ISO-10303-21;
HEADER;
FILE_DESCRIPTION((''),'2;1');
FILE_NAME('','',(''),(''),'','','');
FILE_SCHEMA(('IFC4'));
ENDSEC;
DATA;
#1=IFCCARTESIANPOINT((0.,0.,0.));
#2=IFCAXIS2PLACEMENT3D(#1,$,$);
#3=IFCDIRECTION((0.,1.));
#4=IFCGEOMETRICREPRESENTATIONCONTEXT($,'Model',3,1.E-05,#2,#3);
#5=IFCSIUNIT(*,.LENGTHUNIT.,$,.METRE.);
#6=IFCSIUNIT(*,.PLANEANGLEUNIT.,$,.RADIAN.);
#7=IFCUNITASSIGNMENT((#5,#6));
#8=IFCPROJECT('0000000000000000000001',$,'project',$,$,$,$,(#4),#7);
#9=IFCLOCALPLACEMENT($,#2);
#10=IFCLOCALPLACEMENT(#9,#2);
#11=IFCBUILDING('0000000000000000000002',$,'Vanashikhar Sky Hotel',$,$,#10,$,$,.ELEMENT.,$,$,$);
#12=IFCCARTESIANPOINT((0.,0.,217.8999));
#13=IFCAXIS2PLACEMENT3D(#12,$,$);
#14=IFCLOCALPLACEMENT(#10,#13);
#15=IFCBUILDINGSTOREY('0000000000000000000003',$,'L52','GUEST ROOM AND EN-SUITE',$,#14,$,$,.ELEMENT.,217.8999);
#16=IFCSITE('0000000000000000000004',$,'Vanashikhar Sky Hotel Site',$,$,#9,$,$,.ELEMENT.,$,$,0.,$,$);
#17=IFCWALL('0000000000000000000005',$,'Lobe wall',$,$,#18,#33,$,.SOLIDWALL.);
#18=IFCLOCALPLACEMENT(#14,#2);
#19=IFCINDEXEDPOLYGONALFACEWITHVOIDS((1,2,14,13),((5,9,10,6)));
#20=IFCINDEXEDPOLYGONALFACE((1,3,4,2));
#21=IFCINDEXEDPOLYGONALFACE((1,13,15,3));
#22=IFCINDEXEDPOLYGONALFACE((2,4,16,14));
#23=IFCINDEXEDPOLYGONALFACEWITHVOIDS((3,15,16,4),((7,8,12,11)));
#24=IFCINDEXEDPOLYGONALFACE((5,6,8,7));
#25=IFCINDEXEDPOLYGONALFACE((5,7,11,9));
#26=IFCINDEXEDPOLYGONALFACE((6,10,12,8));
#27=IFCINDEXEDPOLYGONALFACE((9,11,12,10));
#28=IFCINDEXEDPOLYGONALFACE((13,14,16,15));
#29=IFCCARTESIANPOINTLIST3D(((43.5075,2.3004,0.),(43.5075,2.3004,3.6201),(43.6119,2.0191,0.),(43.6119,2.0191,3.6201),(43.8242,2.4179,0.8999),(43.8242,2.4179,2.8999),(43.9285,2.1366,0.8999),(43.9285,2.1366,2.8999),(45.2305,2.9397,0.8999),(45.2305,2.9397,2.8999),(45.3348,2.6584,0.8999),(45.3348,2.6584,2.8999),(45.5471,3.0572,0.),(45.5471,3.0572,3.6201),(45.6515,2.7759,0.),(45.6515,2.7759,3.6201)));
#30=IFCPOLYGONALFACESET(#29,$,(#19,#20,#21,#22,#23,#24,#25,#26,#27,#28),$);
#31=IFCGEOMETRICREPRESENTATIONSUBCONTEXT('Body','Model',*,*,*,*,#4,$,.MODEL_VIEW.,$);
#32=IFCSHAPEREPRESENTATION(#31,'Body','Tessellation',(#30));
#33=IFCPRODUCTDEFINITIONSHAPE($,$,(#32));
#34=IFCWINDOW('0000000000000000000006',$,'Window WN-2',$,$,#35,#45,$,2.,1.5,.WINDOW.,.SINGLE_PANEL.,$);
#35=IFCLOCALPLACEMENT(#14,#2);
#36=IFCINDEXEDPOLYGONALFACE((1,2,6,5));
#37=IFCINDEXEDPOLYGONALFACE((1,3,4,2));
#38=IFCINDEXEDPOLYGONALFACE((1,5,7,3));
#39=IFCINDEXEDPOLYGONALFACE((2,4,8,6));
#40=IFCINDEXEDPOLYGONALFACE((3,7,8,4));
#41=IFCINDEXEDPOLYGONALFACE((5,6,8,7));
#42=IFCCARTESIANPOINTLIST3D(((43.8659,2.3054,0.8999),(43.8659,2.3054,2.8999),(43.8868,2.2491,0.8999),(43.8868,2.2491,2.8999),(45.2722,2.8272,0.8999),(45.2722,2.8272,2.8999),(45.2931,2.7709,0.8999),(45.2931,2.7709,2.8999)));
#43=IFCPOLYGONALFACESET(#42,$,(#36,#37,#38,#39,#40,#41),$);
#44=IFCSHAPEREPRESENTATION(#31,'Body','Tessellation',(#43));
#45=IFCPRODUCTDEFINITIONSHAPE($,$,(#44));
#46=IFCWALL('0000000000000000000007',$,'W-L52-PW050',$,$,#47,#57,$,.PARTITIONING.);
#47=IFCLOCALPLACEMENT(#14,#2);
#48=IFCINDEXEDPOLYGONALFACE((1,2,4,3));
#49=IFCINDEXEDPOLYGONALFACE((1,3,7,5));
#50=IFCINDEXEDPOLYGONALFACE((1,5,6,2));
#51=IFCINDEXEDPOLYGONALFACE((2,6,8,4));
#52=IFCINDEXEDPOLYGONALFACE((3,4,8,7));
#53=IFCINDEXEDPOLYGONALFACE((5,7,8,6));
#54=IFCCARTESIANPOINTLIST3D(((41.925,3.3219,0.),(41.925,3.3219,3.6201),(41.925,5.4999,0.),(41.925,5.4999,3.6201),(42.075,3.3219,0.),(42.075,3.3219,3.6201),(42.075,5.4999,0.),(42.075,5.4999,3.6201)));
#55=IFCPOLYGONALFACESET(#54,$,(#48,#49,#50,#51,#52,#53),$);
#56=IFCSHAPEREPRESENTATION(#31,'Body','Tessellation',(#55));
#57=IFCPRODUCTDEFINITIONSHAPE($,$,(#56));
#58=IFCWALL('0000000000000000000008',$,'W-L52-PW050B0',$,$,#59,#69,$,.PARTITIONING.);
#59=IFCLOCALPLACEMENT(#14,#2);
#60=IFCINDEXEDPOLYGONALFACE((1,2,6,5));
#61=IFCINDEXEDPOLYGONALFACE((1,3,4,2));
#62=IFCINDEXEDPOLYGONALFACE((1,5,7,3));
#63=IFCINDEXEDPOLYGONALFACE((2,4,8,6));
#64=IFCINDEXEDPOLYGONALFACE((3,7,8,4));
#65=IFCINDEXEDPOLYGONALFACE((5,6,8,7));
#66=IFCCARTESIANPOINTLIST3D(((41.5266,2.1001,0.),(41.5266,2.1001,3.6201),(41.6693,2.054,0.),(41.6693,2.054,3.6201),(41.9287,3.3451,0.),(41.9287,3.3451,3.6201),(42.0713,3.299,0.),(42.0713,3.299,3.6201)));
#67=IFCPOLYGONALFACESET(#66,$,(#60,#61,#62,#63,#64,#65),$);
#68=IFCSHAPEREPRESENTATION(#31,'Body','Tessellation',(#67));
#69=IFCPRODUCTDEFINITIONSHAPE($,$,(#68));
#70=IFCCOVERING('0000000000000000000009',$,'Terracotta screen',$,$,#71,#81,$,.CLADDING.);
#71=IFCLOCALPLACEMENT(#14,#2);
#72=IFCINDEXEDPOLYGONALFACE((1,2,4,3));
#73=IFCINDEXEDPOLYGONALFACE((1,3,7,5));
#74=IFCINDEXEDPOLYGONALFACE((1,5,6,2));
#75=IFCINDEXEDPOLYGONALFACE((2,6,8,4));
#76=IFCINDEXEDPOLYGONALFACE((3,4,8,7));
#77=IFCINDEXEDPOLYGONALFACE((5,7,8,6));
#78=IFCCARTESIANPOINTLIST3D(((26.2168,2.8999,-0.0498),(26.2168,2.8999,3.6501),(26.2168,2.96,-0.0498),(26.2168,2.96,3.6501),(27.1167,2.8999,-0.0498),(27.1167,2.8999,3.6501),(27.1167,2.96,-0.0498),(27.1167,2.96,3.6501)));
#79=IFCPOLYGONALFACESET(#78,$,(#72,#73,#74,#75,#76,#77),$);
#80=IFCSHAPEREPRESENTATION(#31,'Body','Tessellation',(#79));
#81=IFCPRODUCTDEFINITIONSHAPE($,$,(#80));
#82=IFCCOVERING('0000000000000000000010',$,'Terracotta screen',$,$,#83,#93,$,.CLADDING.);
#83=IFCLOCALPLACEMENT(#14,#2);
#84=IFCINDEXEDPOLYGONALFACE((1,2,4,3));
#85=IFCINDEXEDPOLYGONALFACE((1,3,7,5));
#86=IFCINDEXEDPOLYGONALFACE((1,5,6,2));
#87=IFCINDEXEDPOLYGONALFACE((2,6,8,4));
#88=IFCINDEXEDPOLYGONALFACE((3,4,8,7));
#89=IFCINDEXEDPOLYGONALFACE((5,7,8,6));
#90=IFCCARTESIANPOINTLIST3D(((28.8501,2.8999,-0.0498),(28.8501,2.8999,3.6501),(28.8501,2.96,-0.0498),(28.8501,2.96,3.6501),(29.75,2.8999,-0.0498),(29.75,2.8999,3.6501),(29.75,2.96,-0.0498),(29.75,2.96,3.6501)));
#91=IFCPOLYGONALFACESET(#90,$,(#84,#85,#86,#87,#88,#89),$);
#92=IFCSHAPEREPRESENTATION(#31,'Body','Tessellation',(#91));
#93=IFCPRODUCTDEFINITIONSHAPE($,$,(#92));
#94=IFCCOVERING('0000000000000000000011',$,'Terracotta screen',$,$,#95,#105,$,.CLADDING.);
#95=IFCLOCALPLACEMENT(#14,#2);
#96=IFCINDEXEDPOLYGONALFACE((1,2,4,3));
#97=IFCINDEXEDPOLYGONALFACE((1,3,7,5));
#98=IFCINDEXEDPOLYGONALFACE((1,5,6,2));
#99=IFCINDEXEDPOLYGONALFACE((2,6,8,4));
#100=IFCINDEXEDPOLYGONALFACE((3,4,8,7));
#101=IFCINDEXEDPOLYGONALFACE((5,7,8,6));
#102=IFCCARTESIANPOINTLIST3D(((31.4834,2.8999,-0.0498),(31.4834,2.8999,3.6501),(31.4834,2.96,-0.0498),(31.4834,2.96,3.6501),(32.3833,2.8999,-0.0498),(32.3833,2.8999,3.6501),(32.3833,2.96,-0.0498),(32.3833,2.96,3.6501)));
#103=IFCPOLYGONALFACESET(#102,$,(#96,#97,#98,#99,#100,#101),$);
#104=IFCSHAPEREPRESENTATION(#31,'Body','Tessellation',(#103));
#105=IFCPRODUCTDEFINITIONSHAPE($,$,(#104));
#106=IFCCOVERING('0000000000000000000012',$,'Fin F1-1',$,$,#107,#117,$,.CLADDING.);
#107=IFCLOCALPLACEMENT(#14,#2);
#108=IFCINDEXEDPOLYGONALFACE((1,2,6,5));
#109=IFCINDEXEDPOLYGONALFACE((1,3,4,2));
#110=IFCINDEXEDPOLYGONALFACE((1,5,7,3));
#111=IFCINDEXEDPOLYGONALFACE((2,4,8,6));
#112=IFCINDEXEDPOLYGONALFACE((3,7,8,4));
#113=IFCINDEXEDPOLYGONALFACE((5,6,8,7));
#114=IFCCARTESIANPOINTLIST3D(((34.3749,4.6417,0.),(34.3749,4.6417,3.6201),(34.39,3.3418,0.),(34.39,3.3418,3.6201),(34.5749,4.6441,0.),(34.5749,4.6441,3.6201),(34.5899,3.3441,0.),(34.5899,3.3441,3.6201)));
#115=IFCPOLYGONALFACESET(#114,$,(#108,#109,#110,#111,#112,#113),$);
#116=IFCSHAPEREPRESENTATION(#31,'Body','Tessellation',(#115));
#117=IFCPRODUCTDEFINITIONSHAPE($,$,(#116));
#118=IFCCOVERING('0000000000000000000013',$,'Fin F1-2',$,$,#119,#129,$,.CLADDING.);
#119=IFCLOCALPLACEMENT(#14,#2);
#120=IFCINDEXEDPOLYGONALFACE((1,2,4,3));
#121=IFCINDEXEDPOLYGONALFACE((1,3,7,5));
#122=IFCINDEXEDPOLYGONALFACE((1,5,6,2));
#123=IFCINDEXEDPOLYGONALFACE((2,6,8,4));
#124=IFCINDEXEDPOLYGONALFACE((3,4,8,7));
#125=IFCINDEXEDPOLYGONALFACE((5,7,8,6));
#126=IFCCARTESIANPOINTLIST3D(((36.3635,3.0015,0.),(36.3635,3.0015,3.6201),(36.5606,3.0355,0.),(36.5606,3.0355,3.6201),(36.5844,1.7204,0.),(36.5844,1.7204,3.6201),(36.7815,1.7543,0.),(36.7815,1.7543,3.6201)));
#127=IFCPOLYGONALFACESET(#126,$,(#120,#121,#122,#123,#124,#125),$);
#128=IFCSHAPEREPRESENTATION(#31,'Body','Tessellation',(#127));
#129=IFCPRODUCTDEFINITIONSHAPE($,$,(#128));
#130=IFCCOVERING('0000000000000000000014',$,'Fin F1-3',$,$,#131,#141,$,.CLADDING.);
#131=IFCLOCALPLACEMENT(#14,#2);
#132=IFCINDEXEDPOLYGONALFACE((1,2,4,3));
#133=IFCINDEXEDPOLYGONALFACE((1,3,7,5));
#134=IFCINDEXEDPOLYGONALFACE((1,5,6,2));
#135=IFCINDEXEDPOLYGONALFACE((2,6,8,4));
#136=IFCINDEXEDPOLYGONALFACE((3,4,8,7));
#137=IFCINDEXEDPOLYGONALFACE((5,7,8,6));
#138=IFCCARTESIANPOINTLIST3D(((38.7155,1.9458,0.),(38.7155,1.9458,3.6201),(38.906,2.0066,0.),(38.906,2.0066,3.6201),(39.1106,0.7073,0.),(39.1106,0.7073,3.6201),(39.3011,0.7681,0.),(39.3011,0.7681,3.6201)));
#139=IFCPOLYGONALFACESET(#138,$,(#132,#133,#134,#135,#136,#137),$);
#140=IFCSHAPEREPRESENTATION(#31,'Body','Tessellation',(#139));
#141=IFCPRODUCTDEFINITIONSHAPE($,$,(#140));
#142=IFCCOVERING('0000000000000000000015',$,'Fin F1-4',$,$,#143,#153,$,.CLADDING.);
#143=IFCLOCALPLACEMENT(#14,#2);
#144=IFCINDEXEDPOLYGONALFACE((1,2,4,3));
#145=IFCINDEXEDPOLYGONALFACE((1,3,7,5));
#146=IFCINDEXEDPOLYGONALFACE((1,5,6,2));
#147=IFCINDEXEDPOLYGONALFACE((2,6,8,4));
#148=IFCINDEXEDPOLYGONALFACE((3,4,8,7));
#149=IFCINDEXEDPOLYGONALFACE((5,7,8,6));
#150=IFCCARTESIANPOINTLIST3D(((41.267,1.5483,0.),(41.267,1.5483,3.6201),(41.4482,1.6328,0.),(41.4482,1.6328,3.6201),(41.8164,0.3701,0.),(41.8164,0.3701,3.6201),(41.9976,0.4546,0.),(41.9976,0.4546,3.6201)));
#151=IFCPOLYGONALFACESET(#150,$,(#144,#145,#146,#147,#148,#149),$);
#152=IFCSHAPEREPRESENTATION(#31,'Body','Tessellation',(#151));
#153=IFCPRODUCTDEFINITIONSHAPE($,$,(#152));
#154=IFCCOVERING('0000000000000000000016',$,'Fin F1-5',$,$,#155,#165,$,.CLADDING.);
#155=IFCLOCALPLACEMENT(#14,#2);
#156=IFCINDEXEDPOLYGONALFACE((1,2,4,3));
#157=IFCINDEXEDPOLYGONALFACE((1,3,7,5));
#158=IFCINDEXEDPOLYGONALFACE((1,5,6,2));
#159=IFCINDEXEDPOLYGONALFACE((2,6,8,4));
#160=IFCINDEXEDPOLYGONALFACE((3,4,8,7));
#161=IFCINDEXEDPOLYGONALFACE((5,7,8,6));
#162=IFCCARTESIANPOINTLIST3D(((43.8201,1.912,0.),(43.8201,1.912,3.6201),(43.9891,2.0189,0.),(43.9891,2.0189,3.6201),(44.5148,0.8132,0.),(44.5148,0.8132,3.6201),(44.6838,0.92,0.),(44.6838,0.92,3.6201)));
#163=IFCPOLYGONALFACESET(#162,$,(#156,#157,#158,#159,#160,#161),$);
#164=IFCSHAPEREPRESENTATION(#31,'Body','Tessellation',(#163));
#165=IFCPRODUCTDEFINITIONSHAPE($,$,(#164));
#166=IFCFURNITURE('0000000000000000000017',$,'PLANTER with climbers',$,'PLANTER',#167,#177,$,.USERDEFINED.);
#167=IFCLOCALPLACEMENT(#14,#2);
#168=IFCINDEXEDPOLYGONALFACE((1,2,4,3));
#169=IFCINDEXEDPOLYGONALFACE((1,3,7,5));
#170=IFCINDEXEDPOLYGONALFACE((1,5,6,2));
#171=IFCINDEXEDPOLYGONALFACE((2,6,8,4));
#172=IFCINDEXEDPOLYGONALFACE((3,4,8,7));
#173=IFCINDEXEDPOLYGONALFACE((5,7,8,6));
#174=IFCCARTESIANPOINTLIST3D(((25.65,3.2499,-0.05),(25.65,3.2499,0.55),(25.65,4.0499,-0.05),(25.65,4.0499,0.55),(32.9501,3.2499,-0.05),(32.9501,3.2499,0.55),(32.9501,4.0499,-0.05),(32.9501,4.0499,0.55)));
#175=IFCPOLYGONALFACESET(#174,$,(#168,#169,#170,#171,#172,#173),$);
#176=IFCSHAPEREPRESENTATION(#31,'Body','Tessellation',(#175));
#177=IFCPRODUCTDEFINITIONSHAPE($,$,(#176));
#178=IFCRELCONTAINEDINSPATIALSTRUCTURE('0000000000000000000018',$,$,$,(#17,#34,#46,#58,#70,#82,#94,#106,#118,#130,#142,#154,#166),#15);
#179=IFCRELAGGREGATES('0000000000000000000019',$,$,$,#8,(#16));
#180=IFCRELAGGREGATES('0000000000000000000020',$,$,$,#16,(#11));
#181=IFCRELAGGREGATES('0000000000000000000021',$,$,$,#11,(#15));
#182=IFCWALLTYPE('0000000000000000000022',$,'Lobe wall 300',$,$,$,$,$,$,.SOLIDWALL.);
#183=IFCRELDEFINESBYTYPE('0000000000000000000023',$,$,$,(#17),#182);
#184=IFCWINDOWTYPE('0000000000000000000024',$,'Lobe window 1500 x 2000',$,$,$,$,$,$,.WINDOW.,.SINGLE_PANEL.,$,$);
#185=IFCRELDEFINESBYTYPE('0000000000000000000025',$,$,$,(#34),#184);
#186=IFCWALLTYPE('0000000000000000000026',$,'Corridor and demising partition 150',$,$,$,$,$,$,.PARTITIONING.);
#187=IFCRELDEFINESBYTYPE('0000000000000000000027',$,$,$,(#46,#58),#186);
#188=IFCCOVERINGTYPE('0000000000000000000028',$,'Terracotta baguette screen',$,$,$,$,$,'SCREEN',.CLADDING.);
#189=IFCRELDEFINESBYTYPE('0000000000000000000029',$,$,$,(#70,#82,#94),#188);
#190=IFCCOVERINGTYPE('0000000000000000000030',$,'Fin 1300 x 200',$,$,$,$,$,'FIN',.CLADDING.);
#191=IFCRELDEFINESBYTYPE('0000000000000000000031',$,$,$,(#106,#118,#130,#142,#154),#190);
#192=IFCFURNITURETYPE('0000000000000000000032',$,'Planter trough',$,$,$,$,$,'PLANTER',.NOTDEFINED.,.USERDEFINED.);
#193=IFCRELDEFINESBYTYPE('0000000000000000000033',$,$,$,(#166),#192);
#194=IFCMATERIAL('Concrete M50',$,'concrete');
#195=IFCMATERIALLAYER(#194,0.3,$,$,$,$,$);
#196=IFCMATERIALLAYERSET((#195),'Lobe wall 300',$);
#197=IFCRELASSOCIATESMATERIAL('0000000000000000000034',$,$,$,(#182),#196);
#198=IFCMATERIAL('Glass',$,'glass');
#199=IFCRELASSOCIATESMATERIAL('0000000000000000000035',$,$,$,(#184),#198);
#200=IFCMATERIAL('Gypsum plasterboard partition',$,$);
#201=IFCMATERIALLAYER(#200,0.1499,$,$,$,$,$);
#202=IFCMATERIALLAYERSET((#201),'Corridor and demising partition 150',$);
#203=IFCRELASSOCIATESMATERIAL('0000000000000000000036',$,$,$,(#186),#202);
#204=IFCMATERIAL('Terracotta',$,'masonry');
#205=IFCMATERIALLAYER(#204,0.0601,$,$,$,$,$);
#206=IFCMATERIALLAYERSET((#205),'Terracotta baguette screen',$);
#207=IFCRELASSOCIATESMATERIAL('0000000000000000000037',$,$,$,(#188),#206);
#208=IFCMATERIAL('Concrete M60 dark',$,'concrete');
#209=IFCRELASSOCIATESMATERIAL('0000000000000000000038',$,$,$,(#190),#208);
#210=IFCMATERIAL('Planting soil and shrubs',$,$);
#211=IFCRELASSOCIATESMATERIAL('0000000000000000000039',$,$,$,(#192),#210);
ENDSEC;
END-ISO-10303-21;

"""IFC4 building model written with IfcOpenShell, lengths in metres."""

from ifc_helpers import new_model, si_unit, direction, frame, frame_2d, origin, origin_2d, place, context, subcontext, project, spatial, rectangle, extrude, source, transform, mapped, material, layer, layer_set, material_profile, profile_set, type_object, element, fill, save


model = new_model("IFC4")

# Units and contexts
model_context = context("Model", 3, precision=1e-05, world=origin(), true_north=direction((0.0, 1.0)))
body_context = subcontext(model_context, "Body", "Model", "MODEL_VIEW")
ifc_project = project(units=[si_unit("LENGTHUNIT", "METRE"), si_unit("PLANEANGLEUNIT", "RADIAN")], contexts=[model_context])

# Site, building, storey
site_placement = place(None, origin())
site = spatial("IfcSite", under=ifc_project, at=site_placement, Name="Vanashikhar Sky Hotel Site", CompositionType="ELEMENT", RefElevation=0.0)
building_placement = place(site_placement, origin())
building = spatial("IfcBuilding", under=site, at=building_placement, Name="Vanashikhar Sky Hotel", CompositionType="ELEMENT")
storey_placement = place(building_placement, frame((0.0, 0.0, 217.8999)))
storey = spatial("IfcBuildingStorey", under=building, at=storey_placement, Name="L52", Description="GUEST ROOM AND EN-SUITE", CompositionType="ELEMENT", Elevation=217.8999)

# Wall, opening, window
ifc_material_1 = material(Name="Concrete M50", Category="concrete")
ifc_layer_1 = layer(ifc_material_1, 0.3)
ifc_layer_set_1 = layer_set([ifc_layer_1], Name="Lobe wall 300")
wall_type_1 = type_object("IfcWallType", Name="Lobe wall 300", PredefinedType="SOLIDWALL", material=ifc_layer_set_1)
shared_shape_1 = source(origin(), body_context, "Body", "SweptSolid", [
    extrude(rectangle(XDim=1.5, YDim=2.0, at=frame_2d((0.75, 1.0))), frame((0.0, 0.1602, 0.0), z_axis=(0.0, -1.0, 0.0), x_axis=(1.0, 0.0, 0.0)), (0.0, 0.0, 1.0), 0.3201),
])
ifc_material_2 = material(Name="Glass", Category="glass")
window_type = type_object("IfcWindowType", Name="Lobe window 1500 x 2000", PartitioningType="SINGLE_PANEL", PredefinedType="WINDOW", material=ifc_material_2)
shared_shape_2 = source(origin(), body_context, "Body", "SweptSolid", [
    extrude(rectangle(XDim=1.5, YDim=2.0, at=frame_2d((0.75, 1.0))), frame((0.0, 0.03, 0.0), z_axis=(0.0, -1.0, 0.0), x_axis=(1.0, 0.0, 0.0)), (0.0, 0.0, 1.0), 0.0601),
])
shared_shape_3 = source(origin(), body_context, "Body", "SweptSolid", [
    extrude(rectangle(XDim=2.1755, YDim=0.3, at=frame_2d((1.0879, 0.0))), origin(), (0.0, 0.0, 1.0), 3.6201),
])
wall_1_placement = place(storey_placement, frame((43.5596, 2.1597, 0.0), z_axis=(0.0, 0.0, 1.0), x_axis=(0.937532, 0.347899, 0.0)))
wall_1 = element("IfcWall", 1, at=wall_1_placement, inside=storey, type_object=wall_type_1, Name="Lobe wall", PredefinedType="SOLIDWALL", context=body_context, shape_type="MappedRepresentation", body=[
    mapped(shared_shape_3, transform((0.0, 0.0, 0.0), scale=1.0)),
])
opening_1_placement = place(wall_1_placement, frame((0.3379, 0.0, 0.8999)))
opening_1 = element("IfcOpeningElement", 2, at=opening_1_placement, cuts=wall_1, PredefinedType="OPENING", context=body_context, shape_type="MappedRepresentation", body=[
    mapped(shared_shape_1, transform((0.0, 0.0, 0.0), scale=1.0)),
])
window_1_placement = place(opening_1_placement, origin())
window_1 = element("IfcWindow", 3, at=window_1_placement, inside=storey, type_object=window_type, Name="Window WN-2", OverallHeight=2.0, OverallWidth=1.5, PartitioningType="SINGLE_PANEL", PredefinedType="WINDOW", context=body_context, shape_type="MappedRepresentation", body=[
    mapped(shared_shape_2, transform((0.0, 0.0, 0.0), scale=1.0)),
])
fill(opening_1, window_1)

# Walls
ifc_material_3 = material(Name="Gypsum plasterboard partition")
ifc_layer_2 = layer(ifc_material_3, 0.1499)
ifc_layer_set_2 = layer_set([ifc_layer_2], Name="Corridor and demising partition 150")
wall_type_2 = type_object("IfcWallType", Name="Corridor and demising partition 150", PredefinedType="PARTITIONING", material=ifc_layer_set_2)
shared_shape_4 = source(origin(), body_context, "Body", "SweptSolid", [
    extrude(rectangle(XDim=2.178, YDim=0.1499, at=frame_2d((1.0889, 0.0))), origin(), (0.0, 0.0, 1.0), 3.6201),
])
wall_2_placement = place(storey_placement, frame((42.0, 3.322, 0.0), z_axis=(0.0, 0.0, 1.0), x_axis=(0.0, 1.0, 0.0)))
element("IfcWall", 4, at=wall_2_placement, inside=storey, type_object=wall_type_2, Name="W-L52-PW050", PredefinedType="PARTITIONING", context=body_context, shape_type="MappedRepresentation", body=[
    mapped(shared_shape_4, transform((0.0, 0.0, 0.0), scale=1.0)),
])
shared_shape_5 = source(origin(), body_context, "Body", "SweptSolid", [
    extrude(rectangle(XDim=1.3083, YDim=0.1499, at=frame_2d((0.6543, 0.0))), origin(), (0.0, 0.0, 1.0), 3.6201),
])
wall_3_placement = place(storey_placement, frame((41.5979, 2.0769, 0.0), z_axis=(0.0, 0.0, 1.0), x_axis=(0.307314, 0.951608, 0.0)))
element("IfcWall", 5, at=wall_3_placement, inside=storey, type_object=wall_type_2, Name="W-L52-PW050B0", PredefinedType="PARTITIONING", context=body_context, shape_type="MappedRepresentation", body=[
    mapped(shared_shape_5, transform((0.0, 0.0, 0.0), scale=1.0)),
])

# Coverings
ifc_material_4 = material(Name="Terracotta", Category="masonry")
ifc_layer_3 = layer(ifc_material_4, 0.0601)
ifc_layer_set_3 = layer_set([ifc_layer_3], Name="Terracotta baguette screen")
covering_type_1 = type_object("IfcCoveringType", Name="Terracotta baguette screen", ElementType="SCREEN", PredefinedType="CLADDING", material=ifc_layer_set_3)
shared_shape_6 = source(origin(), body_context, "Body", "SweptSolid", [
    extrude(rectangle(XDim=0.8999, YDim=0.0601, at=origin_2d()), origin(), (0.0, 0.0, 1.0), 3.7),
])
for number, where, z_axis, x_axis, name in (
    (6, (26.6667, 2.9299, -0.0498), (0.0, 0.0, 1.0), (1.0, 0.0, 0.0), "Terracotta screen"),
    (7, (29.3, 2.9299, -0.0498), (0.0, 0.0, 1.0), (1.0, 0.0, 0.0), "Terracotta screen"),
    (8, (31.9333, 2.9299, -0.0498), (0.0, 0.0, 1.0), (1.0, 0.0, 0.0), "Terracotta screen"),
):
    element("IfcCovering", number, at=place(storey_placement, frame(where, z_axis=z_axis, x_axis=x_axis)), inside=storey, type_object=covering_type_1, Name=name, PredefinedType="CLADDING", context=body_context, shape_type="MappedRepresentation", body=[
        mapped(shared_shape_6, transform((0.0, 0.0, 0.0), scale=1.0)),
    ])
ifc_material_5 = material(Name="Concrete M60 dark", Category="concrete")
ifc_material_profile = material_profile(ifc_material_5, rectangle(XDim=1.3, YDim=0.2, at=origin_2d()))
ifc_profile_set = profile_set([ifc_material_profile], Name="Fin 1300 x 200")
covering_type_2 = type_object("IfcCoveringType", Name="Fin 1300 x 200", ElementType="FIN", PredefinedType="CLADDING", material=ifc_profile_set)
shared_shape_7 = source(origin(), body_context, "Body", "SweptSolid", [
    extrude(rectangle(XDim=1.3, YDim=0.2, at=origin_2d()), origin(), (0.0, 0.0, 1.0), 3.6201),
])
for number, where, z_axis, x_axis, name in (
    (9, (34.4824, 3.9929, 0.0), (0.0, 0.0, 1.0), (0.011589, -0.999933, 0.0), "Fin F1-1"),
    (10, (36.5725, 2.3779, 0.0), (0.0, 0.0, 1.0), (0.1699, -0.985461, 0.0), "Fin F1-2"),
    (11, (39.0083, 1.3569, 0.0), (0.0, 0.0, 1.0), (0.303967, -0.952683, 0.0), "Fin F1-3"),
    (12, (41.6323, 1.0015, 0.0), (0.0, 0.0, 1.0), (0.422618, -0.906308, 0.0), "Fin F1-4"),
    (13, (44.252, 1.416, 0.0), (0.0, 0.0, 1.0), (0.534411, -0.845225, 0.0), "Fin F1-5"),
):
    element("IfcCovering", number, at=place(storey_placement, frame(where, z_axis=z_axis, x_axis=x_axis)), inside=storey, type_object=covering_type_2, Name=name, PredefinedType="CLADDING", context=body_context, shape_type="MappedRepresentation", body=[
        mapped(shared_shape_7, transform((0.0, 0.0, 0.0), scale=1.0)),
    ])

# Furniture
ifc_material_6 = material(Name="Planting soil and shrubs")
furniture_type = type_object("IfcFurnitureType", Name="Planter trough", ElementType="PLANTER", AssemblyPlace="NOTDEFINED", PredefinedType="USERDEFINED", material=ifc_material_6)
shared_shape_8 = source(origin(), body_context, "Body", "SweptSolid", [
    extrude(rectangle(XDim=7.3, YDim=0.8, at=origin_2d()), origin(), (0.0, 0.0, 1.0), 0.6001),
])
furniture_placement = place(storey_placement, frame((29.3, 3.6499, -0.05), z_axis=(0.0, 0.0, 1.0), x_axis=(1.0, 0.0, 0.0)))
element("IfcFurniture", 14, at=furniture_placement, inside=storey, type_object=furniture_type, Name="PLANTER with climbers", ObjectType="PLANTER", PredefinedType="USERDEFINED", context=body_context, shape_type="MappedRepresentation", body=[
    mapped(shared_shape_8, transform((0.0, 0.0, 0.0), scale=1.0)),
])

save(model, "model.ifc")
